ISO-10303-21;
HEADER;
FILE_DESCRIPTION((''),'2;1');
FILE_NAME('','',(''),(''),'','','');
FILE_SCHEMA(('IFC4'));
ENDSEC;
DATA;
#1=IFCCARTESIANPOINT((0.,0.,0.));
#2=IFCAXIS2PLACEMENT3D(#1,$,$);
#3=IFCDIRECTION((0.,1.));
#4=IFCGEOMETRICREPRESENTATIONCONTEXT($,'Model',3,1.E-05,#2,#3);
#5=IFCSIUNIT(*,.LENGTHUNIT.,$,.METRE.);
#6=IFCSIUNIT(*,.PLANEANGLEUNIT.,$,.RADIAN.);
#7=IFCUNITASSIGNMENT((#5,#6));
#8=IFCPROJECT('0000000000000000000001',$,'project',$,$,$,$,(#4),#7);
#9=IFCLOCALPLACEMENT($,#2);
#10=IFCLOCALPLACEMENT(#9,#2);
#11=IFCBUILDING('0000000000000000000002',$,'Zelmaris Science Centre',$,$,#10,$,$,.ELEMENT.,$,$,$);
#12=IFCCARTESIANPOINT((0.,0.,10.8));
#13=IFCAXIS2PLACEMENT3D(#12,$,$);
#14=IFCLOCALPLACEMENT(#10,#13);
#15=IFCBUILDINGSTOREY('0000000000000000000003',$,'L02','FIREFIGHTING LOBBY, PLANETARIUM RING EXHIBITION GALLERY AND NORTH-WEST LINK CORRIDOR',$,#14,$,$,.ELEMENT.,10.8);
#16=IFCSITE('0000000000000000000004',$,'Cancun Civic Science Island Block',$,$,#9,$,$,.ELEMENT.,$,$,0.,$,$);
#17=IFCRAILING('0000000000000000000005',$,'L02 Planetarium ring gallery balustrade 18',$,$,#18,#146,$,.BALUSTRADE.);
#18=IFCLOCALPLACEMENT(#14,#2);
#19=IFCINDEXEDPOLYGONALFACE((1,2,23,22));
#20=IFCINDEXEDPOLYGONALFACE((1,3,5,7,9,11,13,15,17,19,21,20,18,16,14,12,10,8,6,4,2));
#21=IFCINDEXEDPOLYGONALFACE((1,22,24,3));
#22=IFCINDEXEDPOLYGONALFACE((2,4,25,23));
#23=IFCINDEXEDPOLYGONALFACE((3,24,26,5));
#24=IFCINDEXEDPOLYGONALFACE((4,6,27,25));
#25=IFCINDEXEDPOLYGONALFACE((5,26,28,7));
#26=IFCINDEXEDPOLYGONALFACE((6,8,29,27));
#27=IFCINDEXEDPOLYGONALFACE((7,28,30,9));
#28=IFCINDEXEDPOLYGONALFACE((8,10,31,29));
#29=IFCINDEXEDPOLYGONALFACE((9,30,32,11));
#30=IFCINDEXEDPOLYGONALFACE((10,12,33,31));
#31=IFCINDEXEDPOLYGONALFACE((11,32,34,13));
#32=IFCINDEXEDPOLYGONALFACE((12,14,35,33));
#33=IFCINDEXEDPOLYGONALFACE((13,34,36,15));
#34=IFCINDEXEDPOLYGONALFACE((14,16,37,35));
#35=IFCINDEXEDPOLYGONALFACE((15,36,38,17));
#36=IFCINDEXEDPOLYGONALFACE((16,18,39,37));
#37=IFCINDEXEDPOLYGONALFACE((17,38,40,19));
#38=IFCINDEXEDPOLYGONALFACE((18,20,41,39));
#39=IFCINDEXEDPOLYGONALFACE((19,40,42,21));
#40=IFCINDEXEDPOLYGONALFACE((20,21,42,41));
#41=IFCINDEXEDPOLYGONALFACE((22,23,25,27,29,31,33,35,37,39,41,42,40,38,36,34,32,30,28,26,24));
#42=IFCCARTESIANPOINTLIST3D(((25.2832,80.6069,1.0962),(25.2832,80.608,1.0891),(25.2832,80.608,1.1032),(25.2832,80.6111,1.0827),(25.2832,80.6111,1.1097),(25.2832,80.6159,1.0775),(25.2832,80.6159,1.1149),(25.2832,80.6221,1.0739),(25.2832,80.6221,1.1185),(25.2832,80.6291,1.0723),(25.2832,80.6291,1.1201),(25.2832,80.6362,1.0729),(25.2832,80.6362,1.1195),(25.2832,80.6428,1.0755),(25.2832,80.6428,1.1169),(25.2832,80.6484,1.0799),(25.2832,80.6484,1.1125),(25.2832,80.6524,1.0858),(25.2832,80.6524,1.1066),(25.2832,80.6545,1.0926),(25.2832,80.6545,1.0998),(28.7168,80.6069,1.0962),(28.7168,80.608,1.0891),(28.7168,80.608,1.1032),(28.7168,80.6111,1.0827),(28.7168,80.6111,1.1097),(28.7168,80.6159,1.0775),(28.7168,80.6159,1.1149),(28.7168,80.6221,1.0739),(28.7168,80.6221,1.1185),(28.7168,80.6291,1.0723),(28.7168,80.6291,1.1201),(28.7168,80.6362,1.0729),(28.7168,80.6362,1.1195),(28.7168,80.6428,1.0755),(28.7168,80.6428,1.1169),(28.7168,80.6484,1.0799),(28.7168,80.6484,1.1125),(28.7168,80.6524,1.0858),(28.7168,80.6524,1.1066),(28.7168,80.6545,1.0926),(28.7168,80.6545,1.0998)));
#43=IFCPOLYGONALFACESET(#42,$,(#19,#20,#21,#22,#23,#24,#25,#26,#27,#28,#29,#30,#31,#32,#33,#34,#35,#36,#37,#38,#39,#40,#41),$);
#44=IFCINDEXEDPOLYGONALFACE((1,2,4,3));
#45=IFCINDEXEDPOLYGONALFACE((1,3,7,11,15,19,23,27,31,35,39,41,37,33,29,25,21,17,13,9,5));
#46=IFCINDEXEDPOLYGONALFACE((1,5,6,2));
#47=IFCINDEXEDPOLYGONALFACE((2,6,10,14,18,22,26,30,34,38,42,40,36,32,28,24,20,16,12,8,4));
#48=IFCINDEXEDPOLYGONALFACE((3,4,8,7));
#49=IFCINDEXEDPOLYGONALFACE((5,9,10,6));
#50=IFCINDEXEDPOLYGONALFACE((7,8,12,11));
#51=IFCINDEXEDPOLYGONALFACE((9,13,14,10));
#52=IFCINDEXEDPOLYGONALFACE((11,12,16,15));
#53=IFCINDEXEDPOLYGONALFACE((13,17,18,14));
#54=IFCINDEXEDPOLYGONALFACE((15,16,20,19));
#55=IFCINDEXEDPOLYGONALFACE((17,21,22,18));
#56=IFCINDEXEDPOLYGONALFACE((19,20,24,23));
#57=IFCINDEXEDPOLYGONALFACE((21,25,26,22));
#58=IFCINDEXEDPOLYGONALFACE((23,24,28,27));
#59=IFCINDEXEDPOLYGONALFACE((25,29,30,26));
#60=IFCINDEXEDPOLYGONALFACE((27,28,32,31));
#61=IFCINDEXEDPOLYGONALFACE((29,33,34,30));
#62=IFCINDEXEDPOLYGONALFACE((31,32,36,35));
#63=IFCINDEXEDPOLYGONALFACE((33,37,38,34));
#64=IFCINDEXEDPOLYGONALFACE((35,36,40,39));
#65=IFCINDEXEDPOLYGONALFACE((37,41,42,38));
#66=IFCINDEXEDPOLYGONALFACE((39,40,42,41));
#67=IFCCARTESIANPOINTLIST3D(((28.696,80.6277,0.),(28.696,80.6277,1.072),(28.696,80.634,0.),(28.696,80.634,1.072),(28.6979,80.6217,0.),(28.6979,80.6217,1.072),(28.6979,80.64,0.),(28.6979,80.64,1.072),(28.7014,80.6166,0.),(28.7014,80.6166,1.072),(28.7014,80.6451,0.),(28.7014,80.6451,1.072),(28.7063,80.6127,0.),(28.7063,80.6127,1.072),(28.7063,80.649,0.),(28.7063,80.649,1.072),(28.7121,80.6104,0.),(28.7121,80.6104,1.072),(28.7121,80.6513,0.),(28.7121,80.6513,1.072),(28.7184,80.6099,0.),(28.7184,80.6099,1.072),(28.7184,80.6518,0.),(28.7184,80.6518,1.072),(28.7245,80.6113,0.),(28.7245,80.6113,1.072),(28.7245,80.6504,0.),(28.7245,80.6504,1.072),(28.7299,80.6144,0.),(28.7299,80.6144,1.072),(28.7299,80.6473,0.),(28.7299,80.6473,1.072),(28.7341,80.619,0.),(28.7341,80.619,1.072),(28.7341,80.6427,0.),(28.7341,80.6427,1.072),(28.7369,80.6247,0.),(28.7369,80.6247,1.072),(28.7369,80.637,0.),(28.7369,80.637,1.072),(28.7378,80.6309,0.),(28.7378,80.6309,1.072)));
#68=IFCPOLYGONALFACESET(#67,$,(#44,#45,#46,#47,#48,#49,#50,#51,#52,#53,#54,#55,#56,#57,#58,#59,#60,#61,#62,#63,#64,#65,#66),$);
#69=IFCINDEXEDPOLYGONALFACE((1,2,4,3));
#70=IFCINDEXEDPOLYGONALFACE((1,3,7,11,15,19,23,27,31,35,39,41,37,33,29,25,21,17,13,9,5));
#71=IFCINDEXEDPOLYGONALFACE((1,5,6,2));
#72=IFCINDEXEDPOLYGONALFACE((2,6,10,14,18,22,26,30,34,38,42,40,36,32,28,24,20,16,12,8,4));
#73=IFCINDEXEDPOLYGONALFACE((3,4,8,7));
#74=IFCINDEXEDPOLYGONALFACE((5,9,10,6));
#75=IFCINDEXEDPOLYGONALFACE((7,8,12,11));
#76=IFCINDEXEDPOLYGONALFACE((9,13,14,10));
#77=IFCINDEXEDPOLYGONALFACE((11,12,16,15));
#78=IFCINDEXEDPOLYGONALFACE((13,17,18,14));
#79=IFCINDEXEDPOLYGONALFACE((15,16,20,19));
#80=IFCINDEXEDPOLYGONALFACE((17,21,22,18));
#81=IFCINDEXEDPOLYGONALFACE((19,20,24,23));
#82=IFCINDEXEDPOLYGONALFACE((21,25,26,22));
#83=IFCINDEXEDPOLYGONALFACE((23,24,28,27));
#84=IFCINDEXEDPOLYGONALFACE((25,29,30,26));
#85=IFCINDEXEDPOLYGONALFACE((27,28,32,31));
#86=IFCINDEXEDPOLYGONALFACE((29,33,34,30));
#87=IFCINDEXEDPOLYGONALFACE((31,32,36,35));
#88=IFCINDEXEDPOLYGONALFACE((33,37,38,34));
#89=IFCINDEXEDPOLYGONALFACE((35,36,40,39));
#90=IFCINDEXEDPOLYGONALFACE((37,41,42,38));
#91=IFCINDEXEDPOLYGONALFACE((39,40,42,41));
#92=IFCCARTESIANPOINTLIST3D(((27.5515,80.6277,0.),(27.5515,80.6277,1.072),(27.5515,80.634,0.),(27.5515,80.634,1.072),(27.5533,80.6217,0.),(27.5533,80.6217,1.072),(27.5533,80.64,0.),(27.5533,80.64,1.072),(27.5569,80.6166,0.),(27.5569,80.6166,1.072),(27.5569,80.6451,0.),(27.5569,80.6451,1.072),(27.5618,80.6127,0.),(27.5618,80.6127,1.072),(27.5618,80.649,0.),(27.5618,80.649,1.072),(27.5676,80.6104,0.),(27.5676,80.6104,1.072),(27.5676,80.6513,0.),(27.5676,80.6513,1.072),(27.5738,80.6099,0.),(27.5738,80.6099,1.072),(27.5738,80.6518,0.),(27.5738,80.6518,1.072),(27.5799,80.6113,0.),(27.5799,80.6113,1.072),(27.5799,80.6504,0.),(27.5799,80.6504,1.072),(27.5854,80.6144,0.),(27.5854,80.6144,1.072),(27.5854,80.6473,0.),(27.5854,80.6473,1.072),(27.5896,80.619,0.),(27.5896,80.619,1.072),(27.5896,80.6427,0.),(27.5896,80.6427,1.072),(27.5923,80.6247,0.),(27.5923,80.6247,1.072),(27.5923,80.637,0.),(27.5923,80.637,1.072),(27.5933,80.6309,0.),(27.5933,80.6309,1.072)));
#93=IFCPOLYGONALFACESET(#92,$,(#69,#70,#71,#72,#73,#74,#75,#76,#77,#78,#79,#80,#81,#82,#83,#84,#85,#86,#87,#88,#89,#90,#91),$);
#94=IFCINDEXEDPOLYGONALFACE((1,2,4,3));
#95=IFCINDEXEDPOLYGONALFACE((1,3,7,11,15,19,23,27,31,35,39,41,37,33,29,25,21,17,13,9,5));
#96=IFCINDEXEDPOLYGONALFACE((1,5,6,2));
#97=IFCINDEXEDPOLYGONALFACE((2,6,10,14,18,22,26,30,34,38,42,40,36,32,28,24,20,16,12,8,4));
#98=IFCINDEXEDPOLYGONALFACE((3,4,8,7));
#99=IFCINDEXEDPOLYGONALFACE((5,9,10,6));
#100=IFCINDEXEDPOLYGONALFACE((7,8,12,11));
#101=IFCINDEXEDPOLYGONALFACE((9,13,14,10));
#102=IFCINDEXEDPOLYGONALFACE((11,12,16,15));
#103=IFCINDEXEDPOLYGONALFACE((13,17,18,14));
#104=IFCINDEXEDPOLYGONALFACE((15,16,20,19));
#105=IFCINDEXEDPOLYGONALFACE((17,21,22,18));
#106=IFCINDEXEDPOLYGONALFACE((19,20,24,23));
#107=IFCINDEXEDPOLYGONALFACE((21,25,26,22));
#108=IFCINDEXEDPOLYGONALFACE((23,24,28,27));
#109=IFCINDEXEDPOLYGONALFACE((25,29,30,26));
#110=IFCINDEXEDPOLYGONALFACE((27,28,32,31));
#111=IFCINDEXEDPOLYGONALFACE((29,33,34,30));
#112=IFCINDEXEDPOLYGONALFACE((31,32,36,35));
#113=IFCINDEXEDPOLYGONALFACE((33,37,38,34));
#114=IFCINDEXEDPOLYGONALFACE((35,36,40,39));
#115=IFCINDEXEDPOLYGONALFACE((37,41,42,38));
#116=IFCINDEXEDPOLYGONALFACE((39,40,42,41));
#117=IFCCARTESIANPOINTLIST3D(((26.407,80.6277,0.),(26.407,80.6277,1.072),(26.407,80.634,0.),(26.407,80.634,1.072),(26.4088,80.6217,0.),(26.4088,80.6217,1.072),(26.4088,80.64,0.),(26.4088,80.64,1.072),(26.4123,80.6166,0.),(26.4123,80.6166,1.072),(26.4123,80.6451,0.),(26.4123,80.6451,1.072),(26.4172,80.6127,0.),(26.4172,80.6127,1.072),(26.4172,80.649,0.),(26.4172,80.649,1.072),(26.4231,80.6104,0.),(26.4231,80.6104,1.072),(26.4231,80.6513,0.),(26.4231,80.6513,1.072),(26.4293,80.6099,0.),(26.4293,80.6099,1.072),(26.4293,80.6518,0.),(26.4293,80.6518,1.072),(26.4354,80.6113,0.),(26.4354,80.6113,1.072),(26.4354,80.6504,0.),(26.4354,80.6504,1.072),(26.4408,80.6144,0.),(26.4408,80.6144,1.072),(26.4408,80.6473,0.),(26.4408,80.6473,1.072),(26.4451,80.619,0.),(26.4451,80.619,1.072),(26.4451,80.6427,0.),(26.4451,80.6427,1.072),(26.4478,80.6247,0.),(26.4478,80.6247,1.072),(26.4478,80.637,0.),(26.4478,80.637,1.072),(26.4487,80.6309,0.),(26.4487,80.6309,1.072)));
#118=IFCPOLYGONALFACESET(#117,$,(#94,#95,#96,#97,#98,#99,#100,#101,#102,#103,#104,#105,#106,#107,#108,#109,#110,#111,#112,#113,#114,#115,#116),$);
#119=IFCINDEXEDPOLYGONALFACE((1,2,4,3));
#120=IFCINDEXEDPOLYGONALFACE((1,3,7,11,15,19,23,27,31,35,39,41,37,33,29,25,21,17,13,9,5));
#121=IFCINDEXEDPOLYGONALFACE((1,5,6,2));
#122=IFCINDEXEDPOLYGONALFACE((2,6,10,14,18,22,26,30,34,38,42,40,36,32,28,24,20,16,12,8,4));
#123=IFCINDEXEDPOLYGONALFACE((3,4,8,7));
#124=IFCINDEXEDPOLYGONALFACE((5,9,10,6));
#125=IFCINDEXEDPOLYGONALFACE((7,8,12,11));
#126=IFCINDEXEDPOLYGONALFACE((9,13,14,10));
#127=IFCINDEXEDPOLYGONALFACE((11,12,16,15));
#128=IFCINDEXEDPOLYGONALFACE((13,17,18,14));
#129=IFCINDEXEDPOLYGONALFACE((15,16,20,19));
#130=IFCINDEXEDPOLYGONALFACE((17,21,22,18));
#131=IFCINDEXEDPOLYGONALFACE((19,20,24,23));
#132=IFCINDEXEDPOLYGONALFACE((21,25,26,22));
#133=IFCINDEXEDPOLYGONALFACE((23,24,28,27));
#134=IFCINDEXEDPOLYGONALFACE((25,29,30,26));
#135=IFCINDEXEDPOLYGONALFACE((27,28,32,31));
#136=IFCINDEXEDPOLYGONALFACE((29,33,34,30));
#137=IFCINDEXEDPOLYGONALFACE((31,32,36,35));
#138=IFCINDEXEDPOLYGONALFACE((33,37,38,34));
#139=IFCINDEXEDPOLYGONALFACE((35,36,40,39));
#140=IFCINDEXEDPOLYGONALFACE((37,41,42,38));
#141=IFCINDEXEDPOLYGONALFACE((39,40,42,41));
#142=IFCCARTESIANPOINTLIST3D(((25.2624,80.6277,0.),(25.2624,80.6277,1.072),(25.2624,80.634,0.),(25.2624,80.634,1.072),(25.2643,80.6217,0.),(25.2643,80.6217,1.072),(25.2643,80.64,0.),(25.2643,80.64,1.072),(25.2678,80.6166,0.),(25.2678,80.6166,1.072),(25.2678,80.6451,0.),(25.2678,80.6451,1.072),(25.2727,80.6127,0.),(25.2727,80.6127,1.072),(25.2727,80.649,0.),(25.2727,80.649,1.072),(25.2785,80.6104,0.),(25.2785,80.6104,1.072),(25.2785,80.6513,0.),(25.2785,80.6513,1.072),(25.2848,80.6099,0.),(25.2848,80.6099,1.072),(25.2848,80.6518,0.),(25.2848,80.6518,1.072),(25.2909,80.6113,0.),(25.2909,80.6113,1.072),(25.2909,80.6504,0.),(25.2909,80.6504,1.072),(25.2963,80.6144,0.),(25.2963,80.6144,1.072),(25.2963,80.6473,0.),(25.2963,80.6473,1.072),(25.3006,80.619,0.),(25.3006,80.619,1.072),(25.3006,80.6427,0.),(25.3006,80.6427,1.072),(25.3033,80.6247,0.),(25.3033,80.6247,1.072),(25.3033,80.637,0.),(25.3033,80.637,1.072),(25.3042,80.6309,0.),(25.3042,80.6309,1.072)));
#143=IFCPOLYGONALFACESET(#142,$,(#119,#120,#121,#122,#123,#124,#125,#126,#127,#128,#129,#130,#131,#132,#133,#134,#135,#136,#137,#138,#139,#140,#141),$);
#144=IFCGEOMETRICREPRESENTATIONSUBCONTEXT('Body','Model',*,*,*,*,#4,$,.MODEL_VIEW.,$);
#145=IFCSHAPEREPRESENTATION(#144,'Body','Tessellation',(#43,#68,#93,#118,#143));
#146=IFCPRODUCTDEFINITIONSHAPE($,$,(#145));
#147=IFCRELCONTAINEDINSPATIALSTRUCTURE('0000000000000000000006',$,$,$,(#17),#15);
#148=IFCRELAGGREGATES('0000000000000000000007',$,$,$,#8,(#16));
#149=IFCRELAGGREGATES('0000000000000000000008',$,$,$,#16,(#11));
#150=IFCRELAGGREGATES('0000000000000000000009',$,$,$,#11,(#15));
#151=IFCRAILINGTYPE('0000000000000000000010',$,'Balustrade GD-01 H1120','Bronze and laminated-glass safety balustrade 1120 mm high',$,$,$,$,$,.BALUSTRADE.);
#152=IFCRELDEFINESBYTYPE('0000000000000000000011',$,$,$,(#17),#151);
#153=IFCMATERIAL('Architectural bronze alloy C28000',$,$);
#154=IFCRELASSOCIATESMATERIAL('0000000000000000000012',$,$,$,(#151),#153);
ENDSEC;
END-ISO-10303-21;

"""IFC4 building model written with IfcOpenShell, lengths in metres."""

from ifc_helpers import new_model, si_unit, direction, frame, origin, origin_2d, place, context, subcontext, project, spatial, circle, extrude, material, type_object, element, save


model = new_model("IFC4")

# Units and contexts
model_context = context("Model", 3, precision=1e-05, world=origin(), true_north=direction((0.0, 1.0)))
body_context = subcontext(model_context, "Body", "Model", "MODEL_VIEW")
ifc_project = project(units=[si_unit("LENGTHUNIT", "METRE"), si_unit("PLANEANGLEUNIT", "RADIAN")], contexts=[model_context])

# Site, building, storey
site_placement = place(None, origin())
site = spatial("IfcSite", under=ifc_project, at=site_placement, Name="Cancun Civic Science Island Block", CompositionType="ELEMENT", RefElevation=0.0)
building_placement = place(site_placement, origin())
building = spatial("IfcBuilding", under=site, at=building_placement, Name="Zelmaris Science Centre", CompositionType="ELEMENT")
storey_placement = place(building_placement, frame((0.0, 0.0, 10.8)))
storey = spatial("IfcBuildingStorey", under=building, at=storey_placement, Name="L02", Description="FIREFIGHTING LOBBY, PLANETARIUM RING EXHIBITION GALLERY AND NORTH-WEST LINK CORRIDOR", CompositionType="ELEMENT", Elevation=10.8)

# Railing
ifc_material_1 = material(Name="Architectural bronze alloy C28000")
railing_type = type_object("IfcRailingType", Name="Balustrade GD-01 H1120", Description="Bronze and laminated-glass safety balustrade 1120 mm high", PredefinedType="BALUSTRADE", material=ifc_material_1)
railing_1_placement = place(storey_placement, frame((28.7168, 80.6309, 0.0)))
element("IfcRailing", 1, at=railing_1_placement, inside=storey, type_object=railing_type, Name="L02 Planetarium ring gallery balustrade 18", PredefinedType="BALUSTRADE", context=body_context, shape_type="SweptSolid", body=[
    extrude(circle(Radius=0.0239, at=origin_2d()), frame((0.0, 0.0, 1.0962), z_axis=(-1.0, 0.0, 0.0), x_axis=(0.0, -1.0, 0.0)), (0.0, 0.0, 1.0), 3.4336),
    extrude(circle(Radius=0.021, at=origin_2d()), origin(), (0.0, 0.0, 1.0), 1.072),
    extrude(circle(Radius=0.021, at=origin_2d()), frame((-1.1445, 0.0, 0.0)), (0.0, 0.0, 1.0), 1.072),
    extrude(circle(Radius=0.021, at=origin_2d()), frame((-2.2891, 0.0, 0.0)), (0.0, 0.0, 1.0), 1.072),
    extrude(circle(Radius=0.021, at=origin_2d()), frame((-3.4336, 0.0, 0.0)), (0.0, 0.0, 1.0), 1.072),
])

save(model, "model.ifc")
